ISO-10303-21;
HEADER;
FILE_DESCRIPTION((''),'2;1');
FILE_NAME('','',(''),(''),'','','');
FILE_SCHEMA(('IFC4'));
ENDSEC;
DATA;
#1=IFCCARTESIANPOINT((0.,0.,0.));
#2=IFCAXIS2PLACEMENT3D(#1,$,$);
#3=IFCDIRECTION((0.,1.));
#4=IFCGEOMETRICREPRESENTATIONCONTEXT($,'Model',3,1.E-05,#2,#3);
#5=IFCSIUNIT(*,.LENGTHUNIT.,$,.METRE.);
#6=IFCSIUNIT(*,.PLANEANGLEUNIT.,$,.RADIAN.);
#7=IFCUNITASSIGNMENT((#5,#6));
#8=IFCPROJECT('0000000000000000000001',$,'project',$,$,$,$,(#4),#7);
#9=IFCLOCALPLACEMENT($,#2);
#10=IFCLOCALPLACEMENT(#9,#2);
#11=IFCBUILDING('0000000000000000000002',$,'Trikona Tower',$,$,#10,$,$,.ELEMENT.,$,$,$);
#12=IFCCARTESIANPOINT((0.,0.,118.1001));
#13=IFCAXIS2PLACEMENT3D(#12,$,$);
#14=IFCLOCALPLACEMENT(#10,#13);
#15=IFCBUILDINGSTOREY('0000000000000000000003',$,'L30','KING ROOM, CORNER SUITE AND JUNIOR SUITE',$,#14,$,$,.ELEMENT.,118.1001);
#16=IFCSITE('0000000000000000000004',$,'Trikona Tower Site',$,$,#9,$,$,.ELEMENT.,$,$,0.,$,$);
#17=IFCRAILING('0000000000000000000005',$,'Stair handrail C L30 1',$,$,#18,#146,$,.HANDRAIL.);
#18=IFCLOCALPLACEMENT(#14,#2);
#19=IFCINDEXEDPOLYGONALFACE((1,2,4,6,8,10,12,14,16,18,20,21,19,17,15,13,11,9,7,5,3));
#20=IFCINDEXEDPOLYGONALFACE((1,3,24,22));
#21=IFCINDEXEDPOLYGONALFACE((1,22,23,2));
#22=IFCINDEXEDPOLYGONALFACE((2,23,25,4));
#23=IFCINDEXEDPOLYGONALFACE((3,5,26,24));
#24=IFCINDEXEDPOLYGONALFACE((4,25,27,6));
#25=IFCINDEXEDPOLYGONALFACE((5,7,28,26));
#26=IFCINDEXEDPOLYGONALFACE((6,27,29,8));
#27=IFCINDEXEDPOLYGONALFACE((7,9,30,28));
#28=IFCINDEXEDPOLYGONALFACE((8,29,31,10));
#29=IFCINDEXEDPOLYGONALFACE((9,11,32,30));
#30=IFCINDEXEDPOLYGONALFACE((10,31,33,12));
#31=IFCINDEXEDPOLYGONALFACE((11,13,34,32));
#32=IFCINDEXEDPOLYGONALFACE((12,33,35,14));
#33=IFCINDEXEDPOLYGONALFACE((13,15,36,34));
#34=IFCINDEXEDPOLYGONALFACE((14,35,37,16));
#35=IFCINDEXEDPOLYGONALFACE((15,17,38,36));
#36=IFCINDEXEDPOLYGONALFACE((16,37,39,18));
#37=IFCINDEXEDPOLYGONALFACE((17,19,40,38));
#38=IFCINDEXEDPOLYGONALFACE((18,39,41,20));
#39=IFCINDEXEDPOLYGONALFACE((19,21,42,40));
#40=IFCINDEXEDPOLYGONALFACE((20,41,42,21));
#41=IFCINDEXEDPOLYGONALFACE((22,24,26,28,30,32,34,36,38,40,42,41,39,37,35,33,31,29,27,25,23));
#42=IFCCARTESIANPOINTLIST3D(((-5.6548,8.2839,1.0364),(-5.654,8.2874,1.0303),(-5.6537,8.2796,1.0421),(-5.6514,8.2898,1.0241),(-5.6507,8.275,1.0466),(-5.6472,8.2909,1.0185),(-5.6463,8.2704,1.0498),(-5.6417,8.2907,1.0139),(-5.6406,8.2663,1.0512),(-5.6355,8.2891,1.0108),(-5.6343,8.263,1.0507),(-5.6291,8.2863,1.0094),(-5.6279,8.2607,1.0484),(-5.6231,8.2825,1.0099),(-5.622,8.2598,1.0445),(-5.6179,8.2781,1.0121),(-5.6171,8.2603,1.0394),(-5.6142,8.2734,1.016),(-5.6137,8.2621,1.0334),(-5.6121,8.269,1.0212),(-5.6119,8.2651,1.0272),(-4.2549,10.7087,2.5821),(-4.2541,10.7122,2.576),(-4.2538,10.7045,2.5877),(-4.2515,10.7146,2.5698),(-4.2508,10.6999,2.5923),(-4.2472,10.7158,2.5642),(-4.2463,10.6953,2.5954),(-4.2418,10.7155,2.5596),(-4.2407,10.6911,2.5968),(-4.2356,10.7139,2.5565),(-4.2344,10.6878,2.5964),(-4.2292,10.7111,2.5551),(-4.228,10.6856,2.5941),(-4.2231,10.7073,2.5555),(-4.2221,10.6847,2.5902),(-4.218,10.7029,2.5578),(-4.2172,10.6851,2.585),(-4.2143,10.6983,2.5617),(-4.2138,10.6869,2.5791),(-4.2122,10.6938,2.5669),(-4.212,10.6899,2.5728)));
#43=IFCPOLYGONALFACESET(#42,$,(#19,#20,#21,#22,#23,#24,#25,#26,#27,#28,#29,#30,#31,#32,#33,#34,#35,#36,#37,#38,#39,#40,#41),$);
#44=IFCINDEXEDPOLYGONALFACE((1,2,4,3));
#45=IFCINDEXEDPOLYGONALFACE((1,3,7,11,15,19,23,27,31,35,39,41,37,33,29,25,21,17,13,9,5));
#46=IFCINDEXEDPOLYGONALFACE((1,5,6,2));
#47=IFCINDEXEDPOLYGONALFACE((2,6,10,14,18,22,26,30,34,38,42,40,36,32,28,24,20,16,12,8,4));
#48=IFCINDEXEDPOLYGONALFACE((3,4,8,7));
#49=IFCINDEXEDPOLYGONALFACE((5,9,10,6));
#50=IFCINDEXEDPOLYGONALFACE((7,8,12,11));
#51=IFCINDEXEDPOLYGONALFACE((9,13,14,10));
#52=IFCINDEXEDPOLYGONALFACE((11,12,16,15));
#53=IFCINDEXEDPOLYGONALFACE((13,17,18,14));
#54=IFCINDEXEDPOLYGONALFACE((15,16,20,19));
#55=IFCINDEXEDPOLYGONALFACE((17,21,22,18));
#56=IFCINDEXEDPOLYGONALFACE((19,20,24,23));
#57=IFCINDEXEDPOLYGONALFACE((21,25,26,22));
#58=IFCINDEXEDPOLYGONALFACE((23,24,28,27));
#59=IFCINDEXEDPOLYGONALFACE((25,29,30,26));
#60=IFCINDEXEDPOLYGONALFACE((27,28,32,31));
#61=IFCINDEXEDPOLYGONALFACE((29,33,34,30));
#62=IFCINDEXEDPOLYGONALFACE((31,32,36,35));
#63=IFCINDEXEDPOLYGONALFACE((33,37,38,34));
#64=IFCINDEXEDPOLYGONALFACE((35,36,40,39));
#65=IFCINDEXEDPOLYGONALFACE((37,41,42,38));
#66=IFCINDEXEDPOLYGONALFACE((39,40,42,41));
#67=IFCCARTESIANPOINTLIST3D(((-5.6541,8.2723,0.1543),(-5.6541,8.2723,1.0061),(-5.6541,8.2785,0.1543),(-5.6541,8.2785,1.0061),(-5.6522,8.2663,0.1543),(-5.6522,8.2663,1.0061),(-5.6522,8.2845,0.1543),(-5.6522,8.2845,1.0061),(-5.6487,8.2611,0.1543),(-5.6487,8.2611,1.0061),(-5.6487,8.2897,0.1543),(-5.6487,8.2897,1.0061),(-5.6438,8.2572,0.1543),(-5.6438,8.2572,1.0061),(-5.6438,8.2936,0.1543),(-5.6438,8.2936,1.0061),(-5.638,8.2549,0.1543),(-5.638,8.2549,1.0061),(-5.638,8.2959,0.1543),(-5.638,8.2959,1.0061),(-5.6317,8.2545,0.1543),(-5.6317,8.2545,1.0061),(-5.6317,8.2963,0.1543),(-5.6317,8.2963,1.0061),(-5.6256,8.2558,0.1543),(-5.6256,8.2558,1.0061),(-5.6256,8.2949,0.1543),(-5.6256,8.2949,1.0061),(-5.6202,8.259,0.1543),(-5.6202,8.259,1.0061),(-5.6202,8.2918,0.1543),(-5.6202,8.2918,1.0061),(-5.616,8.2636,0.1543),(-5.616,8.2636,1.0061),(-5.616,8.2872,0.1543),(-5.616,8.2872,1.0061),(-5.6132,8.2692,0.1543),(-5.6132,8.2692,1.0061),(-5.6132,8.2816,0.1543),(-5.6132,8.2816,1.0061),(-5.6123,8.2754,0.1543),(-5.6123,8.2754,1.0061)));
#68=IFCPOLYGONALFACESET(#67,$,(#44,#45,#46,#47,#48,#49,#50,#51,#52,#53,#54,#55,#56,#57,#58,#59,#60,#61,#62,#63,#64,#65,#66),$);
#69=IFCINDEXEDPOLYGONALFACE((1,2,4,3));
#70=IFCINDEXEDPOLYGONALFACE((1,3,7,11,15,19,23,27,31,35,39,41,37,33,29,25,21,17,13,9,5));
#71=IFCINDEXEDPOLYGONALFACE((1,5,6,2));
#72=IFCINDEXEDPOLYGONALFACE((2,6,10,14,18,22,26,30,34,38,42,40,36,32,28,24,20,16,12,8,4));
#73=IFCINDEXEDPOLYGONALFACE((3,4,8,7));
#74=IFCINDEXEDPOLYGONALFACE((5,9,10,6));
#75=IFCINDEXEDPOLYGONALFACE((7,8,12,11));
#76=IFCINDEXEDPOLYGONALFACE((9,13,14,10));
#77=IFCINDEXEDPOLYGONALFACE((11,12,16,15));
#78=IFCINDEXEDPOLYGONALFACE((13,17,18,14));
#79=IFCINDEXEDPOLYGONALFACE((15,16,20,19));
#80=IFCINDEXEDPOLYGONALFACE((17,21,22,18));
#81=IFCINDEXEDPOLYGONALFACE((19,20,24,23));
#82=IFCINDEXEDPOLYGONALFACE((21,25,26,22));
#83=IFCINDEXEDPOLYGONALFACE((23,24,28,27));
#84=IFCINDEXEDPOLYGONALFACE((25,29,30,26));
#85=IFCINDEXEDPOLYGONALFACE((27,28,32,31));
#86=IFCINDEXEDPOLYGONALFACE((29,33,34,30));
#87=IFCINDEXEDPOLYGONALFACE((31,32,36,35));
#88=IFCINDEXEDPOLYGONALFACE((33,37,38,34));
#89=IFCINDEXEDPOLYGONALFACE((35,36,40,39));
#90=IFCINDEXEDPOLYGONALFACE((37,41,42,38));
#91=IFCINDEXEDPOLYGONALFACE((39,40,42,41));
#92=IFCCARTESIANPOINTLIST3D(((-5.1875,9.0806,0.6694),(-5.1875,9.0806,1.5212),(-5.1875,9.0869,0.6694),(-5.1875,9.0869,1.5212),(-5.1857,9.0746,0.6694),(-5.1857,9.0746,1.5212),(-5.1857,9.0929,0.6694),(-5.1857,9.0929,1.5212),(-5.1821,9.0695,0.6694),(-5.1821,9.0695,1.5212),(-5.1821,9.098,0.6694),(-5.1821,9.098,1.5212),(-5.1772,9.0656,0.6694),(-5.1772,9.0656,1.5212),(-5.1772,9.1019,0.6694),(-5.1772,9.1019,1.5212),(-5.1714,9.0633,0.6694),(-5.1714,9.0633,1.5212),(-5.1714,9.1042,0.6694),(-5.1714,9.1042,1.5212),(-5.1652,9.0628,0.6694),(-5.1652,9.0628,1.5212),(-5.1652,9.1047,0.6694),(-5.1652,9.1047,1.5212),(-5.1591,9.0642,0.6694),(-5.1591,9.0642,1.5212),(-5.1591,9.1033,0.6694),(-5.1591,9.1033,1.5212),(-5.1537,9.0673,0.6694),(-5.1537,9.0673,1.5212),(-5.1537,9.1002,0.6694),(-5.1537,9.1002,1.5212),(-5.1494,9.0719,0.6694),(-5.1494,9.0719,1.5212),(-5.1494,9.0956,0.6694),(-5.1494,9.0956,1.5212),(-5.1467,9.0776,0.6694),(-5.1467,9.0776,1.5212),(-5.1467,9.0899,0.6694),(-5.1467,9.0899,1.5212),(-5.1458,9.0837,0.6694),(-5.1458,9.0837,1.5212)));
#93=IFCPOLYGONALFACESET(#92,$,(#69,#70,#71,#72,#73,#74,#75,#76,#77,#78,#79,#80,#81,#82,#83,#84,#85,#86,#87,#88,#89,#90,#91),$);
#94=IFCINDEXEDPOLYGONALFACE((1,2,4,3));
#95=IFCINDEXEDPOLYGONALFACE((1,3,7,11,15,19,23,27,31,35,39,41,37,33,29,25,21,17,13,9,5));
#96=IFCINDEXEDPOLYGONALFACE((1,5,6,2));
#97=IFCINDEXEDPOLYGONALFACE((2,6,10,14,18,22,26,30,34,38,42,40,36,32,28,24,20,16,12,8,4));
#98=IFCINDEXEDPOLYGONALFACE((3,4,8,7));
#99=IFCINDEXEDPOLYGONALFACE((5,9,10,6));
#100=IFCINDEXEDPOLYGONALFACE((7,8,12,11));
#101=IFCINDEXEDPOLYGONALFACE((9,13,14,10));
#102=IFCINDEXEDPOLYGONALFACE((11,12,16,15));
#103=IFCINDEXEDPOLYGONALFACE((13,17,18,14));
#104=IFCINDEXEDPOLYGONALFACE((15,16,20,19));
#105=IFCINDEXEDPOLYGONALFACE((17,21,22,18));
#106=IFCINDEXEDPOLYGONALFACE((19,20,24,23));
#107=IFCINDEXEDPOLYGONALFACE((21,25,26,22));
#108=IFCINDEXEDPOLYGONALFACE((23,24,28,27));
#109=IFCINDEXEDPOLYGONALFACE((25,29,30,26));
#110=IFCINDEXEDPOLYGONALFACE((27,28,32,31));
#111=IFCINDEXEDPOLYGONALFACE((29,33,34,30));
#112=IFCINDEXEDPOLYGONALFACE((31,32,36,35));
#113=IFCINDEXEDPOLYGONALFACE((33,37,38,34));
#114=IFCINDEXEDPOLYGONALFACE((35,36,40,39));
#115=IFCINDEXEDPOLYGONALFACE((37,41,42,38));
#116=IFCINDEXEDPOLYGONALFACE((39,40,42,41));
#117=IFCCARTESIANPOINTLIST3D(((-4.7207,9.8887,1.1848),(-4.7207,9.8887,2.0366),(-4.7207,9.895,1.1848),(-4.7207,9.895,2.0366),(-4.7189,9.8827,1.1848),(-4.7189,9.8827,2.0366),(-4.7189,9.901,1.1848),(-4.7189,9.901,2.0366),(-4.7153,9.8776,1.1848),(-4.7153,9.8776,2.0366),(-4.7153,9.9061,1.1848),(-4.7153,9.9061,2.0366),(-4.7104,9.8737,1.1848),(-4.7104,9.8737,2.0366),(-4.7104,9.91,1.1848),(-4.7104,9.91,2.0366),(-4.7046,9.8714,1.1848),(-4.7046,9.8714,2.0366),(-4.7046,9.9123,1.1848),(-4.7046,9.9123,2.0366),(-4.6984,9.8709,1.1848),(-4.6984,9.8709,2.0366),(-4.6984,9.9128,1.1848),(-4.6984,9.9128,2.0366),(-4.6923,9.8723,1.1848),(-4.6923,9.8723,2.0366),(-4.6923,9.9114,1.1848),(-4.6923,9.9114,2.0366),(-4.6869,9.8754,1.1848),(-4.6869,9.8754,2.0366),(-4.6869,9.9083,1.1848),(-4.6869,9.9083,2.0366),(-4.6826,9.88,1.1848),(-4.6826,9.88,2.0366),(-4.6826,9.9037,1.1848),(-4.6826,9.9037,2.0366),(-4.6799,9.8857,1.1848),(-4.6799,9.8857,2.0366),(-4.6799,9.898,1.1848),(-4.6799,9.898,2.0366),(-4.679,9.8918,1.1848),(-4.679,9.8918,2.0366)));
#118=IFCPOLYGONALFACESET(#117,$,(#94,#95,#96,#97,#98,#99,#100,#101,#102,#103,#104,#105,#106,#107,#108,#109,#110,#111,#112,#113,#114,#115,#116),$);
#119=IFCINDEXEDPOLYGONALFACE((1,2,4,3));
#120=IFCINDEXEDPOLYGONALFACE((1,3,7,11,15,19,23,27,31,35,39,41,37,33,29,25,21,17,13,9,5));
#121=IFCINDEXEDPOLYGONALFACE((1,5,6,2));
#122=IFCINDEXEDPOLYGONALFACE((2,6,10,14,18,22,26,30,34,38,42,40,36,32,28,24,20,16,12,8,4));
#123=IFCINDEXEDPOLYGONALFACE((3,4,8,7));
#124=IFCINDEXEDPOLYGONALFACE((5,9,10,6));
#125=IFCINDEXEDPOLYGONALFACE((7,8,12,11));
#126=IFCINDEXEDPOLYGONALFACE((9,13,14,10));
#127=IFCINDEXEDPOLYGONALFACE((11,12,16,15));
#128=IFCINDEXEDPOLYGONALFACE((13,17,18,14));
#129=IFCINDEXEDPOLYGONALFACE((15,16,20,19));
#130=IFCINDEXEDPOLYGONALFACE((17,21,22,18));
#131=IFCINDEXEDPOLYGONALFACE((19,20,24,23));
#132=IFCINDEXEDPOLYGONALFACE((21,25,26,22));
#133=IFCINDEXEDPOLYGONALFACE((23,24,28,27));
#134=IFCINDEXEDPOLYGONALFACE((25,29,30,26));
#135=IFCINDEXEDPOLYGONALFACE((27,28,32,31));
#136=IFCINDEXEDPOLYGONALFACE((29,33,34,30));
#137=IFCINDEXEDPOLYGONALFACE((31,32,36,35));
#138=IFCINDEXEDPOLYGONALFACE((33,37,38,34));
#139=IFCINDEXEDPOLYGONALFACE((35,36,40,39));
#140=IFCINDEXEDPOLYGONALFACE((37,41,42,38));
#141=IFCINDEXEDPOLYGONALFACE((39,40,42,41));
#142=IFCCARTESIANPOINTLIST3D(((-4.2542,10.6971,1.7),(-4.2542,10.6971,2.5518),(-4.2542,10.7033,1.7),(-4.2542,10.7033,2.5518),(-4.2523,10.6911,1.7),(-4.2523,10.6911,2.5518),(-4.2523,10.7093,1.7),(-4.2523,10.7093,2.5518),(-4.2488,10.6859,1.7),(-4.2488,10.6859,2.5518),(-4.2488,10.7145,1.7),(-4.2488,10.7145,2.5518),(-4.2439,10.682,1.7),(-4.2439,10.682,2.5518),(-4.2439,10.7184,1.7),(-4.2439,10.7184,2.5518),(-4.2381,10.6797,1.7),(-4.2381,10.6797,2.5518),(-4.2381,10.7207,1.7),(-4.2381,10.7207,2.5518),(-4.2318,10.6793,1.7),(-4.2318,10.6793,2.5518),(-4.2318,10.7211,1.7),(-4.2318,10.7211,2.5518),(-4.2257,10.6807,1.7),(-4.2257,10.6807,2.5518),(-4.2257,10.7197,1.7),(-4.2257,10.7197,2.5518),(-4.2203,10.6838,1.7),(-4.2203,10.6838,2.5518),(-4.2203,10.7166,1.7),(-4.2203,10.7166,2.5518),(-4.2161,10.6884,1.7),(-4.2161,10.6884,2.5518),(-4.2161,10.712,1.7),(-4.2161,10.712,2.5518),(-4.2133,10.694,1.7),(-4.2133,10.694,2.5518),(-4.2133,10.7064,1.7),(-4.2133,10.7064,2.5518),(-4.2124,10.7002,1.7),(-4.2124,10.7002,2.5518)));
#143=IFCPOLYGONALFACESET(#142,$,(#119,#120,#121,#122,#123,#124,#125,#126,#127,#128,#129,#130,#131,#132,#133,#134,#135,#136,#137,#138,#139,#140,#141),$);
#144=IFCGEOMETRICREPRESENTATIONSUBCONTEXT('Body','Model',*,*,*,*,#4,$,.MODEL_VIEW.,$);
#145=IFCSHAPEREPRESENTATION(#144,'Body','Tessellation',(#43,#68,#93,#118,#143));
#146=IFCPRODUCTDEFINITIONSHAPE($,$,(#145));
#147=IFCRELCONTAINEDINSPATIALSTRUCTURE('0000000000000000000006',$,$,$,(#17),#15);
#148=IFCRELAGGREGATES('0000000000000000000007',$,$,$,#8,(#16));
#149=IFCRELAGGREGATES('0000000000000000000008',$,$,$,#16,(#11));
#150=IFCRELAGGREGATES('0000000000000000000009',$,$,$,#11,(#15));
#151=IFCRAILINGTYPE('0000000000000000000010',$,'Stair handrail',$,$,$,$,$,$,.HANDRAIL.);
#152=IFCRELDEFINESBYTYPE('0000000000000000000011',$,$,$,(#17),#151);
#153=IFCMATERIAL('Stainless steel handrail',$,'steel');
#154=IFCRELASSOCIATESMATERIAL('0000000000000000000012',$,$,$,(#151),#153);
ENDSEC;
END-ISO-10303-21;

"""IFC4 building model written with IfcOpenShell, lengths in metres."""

from ifc_helpers import new_model, si_unit, direction, frame, origin, origin_2d, place, context, subcontext, project, spatial, circle, extrude, material, type_object, element, save


model = new_model("IFC4")

# Units and contexts
model_context = context("Model", 3, precision=1e-05, world=origin(), true_north=direction((0.0, 1.0)))
body_context = subcontext(model_context, "Body", "Model", "MODEL_VIEW")
ifc_project = project(units=[si_unit("LENGTHUNIT", "METRE"), si_unit("PLANEANGLEUNIT", "RADIAN")], contexts=[model_context])

# Site, building, storey
site_placement = place(None, origin())
site = spatial("IfcSite", under=ifc_project, at=site_placement, Name="Trikona Tower Site", CompositionType="ELEMENT", RefElevation=0.0)
building_placement = place(site_placement, origin())
building = spatial("IfcBuilding", under=site, at=building_placement, Name="Trikona Tower", CompositionType="ELEMENT")
storey_placement = place(building_placement, frame((0.0, 0.0, 118.1001)))
storey = spatial("IfcBuildingStorey", under=building, at=storey_placement, Name="L30", Description="KING ROOM, CORNER SUITE AND JUNIOR SUITE", CompositionType="ELEMENT", Elevation=118.1001)

# Railing
ifc_material_1 = material(Name="Stainless steel handrail", Category="steel")
railing_type = type_object("IfcRailingType", Name="Stair handrail", PredefinedType="HANDRAIL", material=ifc_material_1)
railing_1_placement = place(storey_placement, frame((-5.6333, 8.2754, 0.1543)))
element("IfcRailing", 1, at=railing_1_placement, inside=storey, type_object=railing_type, Name="Stair handrail C L30 1", PredefinedType="HANDRAIL", context=body_context, shape_type="SweptSolid", body=[
    extrude(circle(Radius=0.0239, at=origin_2d()), frame((0.0, 0.0, 0.876), z_axis=(0.437716, 0.758179, 0.48329), x_axis=(-0.866035, 0.499984, 0.0)), (0.0, 0.0, 1.0), 3.1982),
    extrude(circle(Radius=0.021, at=origin_2d()), origin(), (0.0, 0.0, 1.0), 0.8518),
    extrude(circle(Radius=0.021, at=origin_2d()), frame((0.4666, 0.8083, 0.5151)), (0.0, 0.0, 1.0), 0.8518),
    extrude(circle(Radius=0.021, at=origin_2d()), frame((0.9333, 1.6165, 1.0305)), (0.0, 0.0, 1.0), 0.8518),
    extrude(circle(Radius=0.021, at=origin_2d()), frame((1.3999, 2.4248, 1.5457)), (0.0, 0.0, 1.0), 0.8518),
])

save(model, "model.ifc")
